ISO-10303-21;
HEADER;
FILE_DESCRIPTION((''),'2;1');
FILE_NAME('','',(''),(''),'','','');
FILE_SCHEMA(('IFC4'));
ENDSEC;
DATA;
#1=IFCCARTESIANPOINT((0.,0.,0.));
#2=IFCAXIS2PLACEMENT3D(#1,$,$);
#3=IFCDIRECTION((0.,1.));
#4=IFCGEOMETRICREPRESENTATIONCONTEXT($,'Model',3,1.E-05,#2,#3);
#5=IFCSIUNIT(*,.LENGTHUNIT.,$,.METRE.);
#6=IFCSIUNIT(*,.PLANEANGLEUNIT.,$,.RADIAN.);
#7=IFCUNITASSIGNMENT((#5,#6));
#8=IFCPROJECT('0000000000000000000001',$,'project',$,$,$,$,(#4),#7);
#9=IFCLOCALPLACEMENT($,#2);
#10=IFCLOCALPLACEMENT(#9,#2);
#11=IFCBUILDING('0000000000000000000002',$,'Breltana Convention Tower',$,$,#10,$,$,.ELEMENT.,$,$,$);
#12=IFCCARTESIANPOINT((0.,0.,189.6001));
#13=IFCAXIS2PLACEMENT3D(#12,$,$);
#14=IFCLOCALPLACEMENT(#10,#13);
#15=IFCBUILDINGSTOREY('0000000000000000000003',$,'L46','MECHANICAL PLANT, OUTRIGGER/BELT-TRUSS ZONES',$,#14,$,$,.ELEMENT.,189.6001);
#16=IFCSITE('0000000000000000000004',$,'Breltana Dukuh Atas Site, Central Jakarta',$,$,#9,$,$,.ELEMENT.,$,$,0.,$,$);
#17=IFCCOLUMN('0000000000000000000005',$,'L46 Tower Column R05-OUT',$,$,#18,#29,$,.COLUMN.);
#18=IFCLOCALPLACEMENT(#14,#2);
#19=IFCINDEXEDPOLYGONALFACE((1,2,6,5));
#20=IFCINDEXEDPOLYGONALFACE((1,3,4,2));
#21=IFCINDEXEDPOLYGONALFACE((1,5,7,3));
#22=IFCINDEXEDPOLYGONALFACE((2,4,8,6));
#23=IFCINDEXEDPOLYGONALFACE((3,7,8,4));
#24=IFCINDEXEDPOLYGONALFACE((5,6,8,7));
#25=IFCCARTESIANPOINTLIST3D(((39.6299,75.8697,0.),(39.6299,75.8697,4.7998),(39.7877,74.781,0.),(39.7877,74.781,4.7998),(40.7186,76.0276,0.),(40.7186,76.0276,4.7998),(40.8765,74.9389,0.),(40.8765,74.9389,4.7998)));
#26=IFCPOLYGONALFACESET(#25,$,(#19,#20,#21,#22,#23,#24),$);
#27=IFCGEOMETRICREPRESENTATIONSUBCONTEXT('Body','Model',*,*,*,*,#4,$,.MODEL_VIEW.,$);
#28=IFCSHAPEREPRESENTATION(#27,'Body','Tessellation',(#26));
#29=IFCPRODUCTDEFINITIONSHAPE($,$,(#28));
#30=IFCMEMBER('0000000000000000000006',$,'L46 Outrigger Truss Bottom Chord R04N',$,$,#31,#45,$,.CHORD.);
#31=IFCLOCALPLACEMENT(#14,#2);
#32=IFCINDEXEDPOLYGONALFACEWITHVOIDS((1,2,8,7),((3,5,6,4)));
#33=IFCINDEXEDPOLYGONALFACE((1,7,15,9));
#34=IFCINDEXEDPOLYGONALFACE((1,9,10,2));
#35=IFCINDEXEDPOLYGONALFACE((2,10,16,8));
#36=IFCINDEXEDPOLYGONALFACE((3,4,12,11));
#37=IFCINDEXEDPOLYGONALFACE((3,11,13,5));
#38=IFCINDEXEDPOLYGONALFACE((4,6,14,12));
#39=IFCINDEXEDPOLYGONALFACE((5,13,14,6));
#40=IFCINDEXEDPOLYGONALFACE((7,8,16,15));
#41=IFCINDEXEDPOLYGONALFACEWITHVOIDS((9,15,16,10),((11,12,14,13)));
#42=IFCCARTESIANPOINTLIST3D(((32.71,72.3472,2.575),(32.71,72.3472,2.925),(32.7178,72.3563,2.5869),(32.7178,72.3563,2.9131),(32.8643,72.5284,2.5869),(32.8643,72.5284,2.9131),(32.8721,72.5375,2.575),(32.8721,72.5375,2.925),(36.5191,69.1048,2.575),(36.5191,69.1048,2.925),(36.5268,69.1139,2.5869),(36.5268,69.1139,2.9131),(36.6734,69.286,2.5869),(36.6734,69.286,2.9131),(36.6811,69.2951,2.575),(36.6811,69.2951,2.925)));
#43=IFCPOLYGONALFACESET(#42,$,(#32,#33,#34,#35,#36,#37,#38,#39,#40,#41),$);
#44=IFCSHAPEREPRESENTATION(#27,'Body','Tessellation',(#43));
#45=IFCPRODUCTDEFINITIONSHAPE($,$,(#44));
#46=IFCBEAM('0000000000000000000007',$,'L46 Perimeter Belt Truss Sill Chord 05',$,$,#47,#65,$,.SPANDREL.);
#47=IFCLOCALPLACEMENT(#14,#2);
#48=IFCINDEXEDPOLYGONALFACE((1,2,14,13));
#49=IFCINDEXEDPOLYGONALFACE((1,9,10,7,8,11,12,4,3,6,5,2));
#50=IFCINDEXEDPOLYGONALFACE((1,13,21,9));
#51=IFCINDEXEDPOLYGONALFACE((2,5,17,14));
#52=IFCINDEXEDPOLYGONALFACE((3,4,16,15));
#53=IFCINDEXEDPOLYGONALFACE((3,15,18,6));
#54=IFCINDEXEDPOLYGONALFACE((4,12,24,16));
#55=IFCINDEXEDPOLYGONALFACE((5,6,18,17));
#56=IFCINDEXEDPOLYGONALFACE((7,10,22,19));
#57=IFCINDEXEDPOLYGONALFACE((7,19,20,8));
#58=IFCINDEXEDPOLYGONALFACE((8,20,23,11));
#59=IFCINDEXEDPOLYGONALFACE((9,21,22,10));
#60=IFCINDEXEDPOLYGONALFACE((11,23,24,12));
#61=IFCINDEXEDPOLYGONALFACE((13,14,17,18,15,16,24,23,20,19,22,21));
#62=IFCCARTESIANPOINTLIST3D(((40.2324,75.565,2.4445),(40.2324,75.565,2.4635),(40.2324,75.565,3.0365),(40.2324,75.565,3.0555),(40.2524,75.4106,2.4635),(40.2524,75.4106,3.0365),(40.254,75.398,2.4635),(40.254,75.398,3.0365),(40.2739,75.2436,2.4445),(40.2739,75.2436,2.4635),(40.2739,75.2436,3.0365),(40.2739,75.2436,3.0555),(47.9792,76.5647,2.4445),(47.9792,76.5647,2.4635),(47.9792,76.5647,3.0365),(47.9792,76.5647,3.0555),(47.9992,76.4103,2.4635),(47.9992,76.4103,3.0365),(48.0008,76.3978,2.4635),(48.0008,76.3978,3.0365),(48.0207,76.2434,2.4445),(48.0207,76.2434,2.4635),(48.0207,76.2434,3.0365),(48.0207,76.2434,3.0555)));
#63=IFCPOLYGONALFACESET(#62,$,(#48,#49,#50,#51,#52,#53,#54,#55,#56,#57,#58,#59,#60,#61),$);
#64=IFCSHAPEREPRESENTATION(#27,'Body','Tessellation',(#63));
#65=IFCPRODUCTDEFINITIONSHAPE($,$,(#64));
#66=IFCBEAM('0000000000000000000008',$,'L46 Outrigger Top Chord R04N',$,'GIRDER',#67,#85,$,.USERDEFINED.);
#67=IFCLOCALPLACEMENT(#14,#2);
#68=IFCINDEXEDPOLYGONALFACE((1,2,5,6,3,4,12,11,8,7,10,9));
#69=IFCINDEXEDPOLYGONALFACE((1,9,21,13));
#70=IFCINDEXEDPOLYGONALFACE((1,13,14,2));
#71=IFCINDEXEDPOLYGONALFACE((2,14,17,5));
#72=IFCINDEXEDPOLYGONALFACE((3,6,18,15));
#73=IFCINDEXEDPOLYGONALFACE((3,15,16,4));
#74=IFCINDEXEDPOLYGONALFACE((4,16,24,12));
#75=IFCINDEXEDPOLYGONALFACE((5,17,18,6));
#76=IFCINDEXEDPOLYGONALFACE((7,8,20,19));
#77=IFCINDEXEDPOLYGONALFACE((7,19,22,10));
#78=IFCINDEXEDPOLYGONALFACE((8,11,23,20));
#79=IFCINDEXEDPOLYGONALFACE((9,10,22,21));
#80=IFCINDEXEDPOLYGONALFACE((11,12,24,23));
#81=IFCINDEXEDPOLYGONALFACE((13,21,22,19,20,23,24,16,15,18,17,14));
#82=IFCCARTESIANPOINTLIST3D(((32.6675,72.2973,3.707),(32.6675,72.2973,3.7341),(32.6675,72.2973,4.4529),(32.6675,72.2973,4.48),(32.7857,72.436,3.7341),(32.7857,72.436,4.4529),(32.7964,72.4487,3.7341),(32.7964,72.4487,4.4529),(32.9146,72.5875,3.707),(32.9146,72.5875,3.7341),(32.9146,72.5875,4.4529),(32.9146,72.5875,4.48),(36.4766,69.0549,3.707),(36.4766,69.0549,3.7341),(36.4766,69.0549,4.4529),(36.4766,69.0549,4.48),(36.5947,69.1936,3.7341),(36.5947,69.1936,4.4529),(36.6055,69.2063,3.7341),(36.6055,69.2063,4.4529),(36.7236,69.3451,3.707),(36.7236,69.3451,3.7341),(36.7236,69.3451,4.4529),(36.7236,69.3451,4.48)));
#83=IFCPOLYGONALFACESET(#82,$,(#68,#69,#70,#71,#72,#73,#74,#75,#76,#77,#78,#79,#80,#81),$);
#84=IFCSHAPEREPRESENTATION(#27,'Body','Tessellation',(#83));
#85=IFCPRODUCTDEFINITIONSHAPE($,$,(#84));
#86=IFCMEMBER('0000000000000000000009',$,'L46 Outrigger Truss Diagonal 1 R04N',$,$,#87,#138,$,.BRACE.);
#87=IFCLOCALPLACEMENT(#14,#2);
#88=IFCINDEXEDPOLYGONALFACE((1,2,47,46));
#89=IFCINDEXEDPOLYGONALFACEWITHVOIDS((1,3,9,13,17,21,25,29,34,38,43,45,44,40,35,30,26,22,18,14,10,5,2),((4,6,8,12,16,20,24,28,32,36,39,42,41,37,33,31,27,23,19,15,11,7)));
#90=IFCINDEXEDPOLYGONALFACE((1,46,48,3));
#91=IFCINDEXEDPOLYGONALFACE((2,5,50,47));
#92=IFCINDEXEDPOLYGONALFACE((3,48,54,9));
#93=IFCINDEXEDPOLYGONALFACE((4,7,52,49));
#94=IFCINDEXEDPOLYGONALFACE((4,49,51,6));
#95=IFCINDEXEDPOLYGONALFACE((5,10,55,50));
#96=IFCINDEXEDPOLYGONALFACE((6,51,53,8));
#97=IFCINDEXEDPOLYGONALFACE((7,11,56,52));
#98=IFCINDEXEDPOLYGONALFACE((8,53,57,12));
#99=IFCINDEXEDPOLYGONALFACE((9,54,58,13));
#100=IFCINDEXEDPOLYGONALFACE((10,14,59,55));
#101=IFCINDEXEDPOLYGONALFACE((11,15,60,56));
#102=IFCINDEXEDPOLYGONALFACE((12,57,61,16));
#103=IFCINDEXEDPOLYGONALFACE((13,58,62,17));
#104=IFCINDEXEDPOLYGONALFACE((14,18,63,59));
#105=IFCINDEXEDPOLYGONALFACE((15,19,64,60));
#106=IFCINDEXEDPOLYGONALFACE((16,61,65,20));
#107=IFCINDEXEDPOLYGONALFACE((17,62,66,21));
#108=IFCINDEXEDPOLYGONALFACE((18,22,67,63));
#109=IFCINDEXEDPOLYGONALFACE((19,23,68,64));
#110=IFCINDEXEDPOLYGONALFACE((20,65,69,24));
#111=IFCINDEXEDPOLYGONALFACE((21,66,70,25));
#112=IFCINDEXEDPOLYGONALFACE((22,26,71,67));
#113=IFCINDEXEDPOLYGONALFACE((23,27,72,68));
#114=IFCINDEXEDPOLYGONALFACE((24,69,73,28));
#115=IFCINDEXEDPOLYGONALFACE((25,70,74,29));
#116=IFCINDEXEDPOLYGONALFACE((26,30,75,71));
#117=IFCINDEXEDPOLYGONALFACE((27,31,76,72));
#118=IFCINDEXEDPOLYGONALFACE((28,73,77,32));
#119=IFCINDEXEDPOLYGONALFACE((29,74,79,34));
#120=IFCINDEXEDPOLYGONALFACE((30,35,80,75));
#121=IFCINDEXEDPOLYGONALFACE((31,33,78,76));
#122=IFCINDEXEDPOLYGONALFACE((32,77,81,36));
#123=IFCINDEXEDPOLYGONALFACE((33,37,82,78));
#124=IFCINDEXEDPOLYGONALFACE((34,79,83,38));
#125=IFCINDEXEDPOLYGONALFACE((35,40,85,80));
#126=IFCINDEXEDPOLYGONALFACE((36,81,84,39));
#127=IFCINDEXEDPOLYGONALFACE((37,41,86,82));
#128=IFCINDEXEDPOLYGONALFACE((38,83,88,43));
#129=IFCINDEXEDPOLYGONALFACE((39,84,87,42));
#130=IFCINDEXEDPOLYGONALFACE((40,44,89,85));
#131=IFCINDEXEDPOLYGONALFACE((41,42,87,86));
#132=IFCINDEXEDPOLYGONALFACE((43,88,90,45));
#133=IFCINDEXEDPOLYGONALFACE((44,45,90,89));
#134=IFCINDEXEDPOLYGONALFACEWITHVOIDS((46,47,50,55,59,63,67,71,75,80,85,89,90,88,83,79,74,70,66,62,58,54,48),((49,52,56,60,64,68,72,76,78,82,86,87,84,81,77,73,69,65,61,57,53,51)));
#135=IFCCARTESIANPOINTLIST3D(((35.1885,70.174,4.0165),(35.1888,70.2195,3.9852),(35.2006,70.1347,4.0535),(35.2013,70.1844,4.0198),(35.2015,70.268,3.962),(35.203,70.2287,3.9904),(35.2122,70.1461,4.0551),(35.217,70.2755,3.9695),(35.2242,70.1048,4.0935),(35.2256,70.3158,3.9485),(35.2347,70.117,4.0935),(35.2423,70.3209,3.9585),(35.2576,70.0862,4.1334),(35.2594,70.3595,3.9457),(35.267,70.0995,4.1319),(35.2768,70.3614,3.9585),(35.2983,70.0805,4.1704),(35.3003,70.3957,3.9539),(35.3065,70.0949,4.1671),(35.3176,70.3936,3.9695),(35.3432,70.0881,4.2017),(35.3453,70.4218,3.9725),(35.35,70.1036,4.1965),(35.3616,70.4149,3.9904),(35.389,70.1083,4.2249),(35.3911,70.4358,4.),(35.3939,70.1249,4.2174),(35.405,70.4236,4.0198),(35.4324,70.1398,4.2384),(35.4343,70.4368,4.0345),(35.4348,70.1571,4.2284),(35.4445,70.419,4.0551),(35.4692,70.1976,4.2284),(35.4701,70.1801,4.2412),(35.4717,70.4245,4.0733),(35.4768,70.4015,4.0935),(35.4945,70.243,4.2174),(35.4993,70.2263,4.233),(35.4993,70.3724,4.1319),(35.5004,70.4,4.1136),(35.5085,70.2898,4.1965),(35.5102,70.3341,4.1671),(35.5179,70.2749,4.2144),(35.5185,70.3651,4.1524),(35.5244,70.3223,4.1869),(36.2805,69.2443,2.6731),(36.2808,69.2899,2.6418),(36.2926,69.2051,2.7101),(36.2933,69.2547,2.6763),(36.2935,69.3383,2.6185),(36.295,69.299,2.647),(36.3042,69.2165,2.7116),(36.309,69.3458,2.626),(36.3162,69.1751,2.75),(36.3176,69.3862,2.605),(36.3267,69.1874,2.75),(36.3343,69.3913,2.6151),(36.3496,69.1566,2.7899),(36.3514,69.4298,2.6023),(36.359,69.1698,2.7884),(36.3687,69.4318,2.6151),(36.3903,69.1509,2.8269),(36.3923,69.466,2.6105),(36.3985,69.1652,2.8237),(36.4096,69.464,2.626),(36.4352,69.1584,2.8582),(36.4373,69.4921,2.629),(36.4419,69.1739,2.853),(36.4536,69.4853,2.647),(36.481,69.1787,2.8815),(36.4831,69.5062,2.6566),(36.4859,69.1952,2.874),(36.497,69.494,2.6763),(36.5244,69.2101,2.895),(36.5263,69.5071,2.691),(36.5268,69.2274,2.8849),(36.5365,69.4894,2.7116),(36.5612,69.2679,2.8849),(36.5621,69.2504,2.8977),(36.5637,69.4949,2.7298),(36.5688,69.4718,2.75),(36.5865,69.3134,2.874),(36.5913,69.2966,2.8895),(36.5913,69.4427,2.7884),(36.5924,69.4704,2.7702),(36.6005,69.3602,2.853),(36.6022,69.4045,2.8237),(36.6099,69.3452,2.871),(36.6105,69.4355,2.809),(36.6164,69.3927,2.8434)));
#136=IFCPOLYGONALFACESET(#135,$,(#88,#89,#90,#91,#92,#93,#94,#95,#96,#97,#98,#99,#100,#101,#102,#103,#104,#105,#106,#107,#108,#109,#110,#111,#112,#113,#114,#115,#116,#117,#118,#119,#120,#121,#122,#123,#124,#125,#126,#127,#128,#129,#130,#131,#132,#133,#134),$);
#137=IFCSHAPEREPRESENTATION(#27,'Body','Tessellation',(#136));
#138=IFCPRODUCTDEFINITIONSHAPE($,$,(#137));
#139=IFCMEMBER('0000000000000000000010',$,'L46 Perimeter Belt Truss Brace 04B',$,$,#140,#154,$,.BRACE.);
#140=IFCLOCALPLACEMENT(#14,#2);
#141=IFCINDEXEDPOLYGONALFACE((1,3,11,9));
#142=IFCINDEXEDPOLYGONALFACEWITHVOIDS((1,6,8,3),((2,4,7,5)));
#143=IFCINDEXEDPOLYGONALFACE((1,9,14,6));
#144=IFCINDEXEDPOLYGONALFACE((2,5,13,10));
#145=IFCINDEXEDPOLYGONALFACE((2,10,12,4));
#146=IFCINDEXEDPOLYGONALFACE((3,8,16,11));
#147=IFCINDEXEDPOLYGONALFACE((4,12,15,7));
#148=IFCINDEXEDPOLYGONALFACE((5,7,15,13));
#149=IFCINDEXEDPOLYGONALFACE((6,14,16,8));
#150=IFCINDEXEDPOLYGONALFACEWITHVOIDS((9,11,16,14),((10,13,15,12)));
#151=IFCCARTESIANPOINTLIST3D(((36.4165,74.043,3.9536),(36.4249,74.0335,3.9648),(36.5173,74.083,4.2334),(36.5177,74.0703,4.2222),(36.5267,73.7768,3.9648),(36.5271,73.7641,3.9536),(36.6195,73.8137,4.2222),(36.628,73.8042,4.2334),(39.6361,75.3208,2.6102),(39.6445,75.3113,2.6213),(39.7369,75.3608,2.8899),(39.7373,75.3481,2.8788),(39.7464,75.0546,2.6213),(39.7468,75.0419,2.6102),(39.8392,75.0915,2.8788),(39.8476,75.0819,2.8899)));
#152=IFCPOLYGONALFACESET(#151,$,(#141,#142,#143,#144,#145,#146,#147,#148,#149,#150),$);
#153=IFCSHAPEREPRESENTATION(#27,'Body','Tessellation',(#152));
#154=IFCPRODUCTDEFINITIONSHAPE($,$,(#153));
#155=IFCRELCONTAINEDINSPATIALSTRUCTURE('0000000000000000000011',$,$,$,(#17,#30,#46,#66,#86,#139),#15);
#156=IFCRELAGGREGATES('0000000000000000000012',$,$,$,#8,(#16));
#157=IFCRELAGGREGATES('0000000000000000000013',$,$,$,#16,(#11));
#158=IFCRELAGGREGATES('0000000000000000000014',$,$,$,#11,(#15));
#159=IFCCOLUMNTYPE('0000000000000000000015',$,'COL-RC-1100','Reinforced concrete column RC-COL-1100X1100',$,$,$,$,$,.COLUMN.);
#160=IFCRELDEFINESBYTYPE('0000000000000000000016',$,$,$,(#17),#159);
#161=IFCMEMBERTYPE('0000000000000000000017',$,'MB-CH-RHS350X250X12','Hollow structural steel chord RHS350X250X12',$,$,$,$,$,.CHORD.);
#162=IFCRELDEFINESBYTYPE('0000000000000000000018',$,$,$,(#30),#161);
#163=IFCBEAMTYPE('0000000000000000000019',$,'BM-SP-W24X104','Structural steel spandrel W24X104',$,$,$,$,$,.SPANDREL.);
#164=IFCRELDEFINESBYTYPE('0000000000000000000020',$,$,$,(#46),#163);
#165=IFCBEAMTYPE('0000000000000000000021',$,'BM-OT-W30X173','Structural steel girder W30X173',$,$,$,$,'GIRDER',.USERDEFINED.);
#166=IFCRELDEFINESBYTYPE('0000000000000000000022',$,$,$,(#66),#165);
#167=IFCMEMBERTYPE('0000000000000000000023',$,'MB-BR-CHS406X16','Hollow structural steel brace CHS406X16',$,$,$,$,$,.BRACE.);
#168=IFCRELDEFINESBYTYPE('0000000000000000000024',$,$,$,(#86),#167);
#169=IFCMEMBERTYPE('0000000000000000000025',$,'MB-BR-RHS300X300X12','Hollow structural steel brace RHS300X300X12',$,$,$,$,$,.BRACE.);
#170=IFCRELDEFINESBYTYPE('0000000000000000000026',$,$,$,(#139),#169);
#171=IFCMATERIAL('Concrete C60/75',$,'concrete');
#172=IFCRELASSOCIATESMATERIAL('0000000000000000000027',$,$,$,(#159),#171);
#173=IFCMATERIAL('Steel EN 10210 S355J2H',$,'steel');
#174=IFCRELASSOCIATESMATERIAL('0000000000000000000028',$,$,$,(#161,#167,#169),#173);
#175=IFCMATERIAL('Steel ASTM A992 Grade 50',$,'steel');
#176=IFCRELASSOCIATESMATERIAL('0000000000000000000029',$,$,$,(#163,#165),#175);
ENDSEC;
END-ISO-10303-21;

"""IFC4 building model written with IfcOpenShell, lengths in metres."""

from ifc_helpers import new_model, si_unit, direction, frame, origin, origin_2d, place, context, subcontext, project, spatial, rectangle, hollow_rectangle, hollow_circle, i_section, extrude, source, transform, mapped, material, material_profile, profile_set, type_object, element, save


model = new_model("IFC4")

# Units and contexts
model_context = context("Model", 3, precision=1e-05, world=origin(), true_north=direction((0.0, 1.0)))
body_context = subcontext(model_context, "Body", "Model", "MODEL_VIEW")
ifc_project = project(units=[si_unit("LENGTHUNIT", "METRE"), si_unit("PLANEANGLEUNIT", "RADIAN")], contexts=[model_context])

# Site, building, storey
site_placement = place(None, origin())
site = spatial("IfcSite", under=ifc_project, at=site_placement, Name="Breltana Dukuh Atas Site, Central Jakarta", CompositionType="ELEMENT", RefElevation=0.0)
building_placement = place(site_placement, origin())
building = spatial("IfcBuilding", under=site, at=building_placement, Name="Breltana Convention Tower", CompositionType="ELEMENT")
storey_placement = place(building_placement, frame((0.0, 0.0, 189.6001)))
storey = spatial("IfcBuildingStorey", under=building, at=storey_placement, Name="L46", Description="MECHANICAL PLANT, OUTRIGGER/BELT-TRUSS ZONES", CompositionType="ELEMENT", Elevation=189.6001)

# Column
ifc_material_1 = material(Name="Concrete C60/75", Category="concrete")
ifc_material_profile_1 = material_profile(ifc_material_1, rectangle(XDim=1.1001, YDim=1.1001, at=origin_2d()), Name="RC-COL-1100X1100")
ifc_profile_set_1 = profile_set([ifc_material_profile_1], Name="Concrete C60/75")
column_type = type_object("IfcColumnType", Name="COL-RC-1100", Description="Reinforced concrete column RC-COL-1100X1100", PredefinedType="COLUMN", material=ifc_profile_set_1)
shared_shape_1 = source(origin(), body_context, "Body", "SweptSolid", [
    extrude(rectangle(XDim=1.1001, YDim=1.1001, at=origin_2d()), origin(), (0.0, 0.0, 1.0), 4.7998),
])
column_placement = place(storey_placement, frame((40.2532, 75.4043, 0.0), z_axis=(0.0, 0.0, 1.0), x_axis=(-0.143493, 0.989651, 0.0)))
element("IfcColumn", 1, at=column_placement, inside=storey, type_object=column_type, Name="L46 Tower Column R05-OUT", PredefinedType="COLUMN", context=body_context, shape_type="MappedRepresentation", body=[
    mapped(shared_shape_1, transform((0.0, 0.0, 0.0), scale=1.0)),
])

# Member
ifc_material_2 = material(Name="Steel EN 10210 S355J2H", Category="steel")
ifc_material_profile_2 = material_profile(ifc_material_2, hollow_rectangle(XDim=0.25, YDim=0.3501, WallThickness=0.012, at=origin_2d()), Name="RHS350X250X12")
ifc_profile_set_2 = profile_set([ifc_material_profile_2], Name="Steel EN 10210 S355J2H")
member_type_1 = type_object("IfcMemberType", Name="MB-CH-RHS350X250X12", Description="Hollow structural steel chord RHS350X250X12", PredefinedType="CHORD", material=ifc_profile_set_2)
shared_shape_2 = source(origin(), body_context, "Body", "SweptSolid", [
    extrude(hollow_rectangle(XDim=0.25, YDim=0.3501, WallThickness=0.012, at=origin_2d()), origin(), (0.0, 0.0, 1.0), 5.0022),
])
member_1_placement = place(storey_placement, frame((36.6001, 69.2, 2.75), z_axis=(-0.761474, 0.648195, 0.0), x_axis=(-0.648195, -0.761474, 0.0)))
element("IfcMember", 2, at=member_1_placement, inside=storey, type_object=member_type_1, Name="L46 Outrigger Truss Bottom Chord R04N", PredefinedType="CHORD", context=body_context, shape_type="MappedRepresentation", body=[
    mapped(shared_shape_2, transform((0.0, 0.0, 0.0), scale=1.0)),
])

# Beams
ifc_material_3 = material(Name="Steel ASTM A992 Grade 50", Category="steel")
ifc_material_profile_3 = material_profile(ifc_material_3, i_section(OverallWidth=0.324, OverallDepth=0.6111, WebThickness=0.0127, FlangeThickness=0.019, at=origin_2d()), Name="W24X104")
ifc_profile_set_3 = profile_set([ifc_material_profile_3], Name="Steel ASTM A992 Grade 50")
beam_type_1 = type_object("IfcBeamType", Name="BM-SP-W24X104", Description="Structural steel spandrel W24X104", PredefinedType="SPANDREL", material=ifc_profile_set_3)
shared_shape_3 = source(origin(), body_context, "Body", "SweptSolid", [
    extrude(i_section(OverallWidth=0.324, OverallDepth=0.6111, WebThickness=0.0127, FlangeThickness=0.019, at=origin_2d()), origin(), (0.0, 0.0, 1.0), 7.811),
])
beam_1_placement = place(storey_placement, frame((40.2532, 75.4043, 2.75), z_axis=(0.991775, 0.127992, 0.0), x_axis=(-0.127992, 0.991775, 0.0)))
element("IfcBeam", 3, at=beam_1_placement, inside=storey, type_object=beam_type_1, Name="L46 Perimeter Belt Truss Sill Chord 05", PredefinedType="SPANDREL", context=body_context, shape_type="MappedRepresentation", body=[
    mapped(shared_shape_3, transform((0.0, 0.0, 0.0), scale=1.0)),
])
ifc_material_profile_4 = material_profile(ifc_material_3, i_section(OverallWidth=0.3811, OverallDepth=0.7729, WebThickness=0.0166, FlangeThickness=0.0271, at=origin_2d()), Name="W30X173")
ifc_profile_set_4 = profile_set([ifc_material_profile_4], Name="Steel ASTM A992 Grade 50")
beam_type_2 = type_object("IfcBeamType", Name="BM-OT-W30X173", Description="Structural steel girder W30X173", ElementType="GIRDER", PredefinedType="USERDEFINED", material=ifc_profile_set_4)
shared_shape_4 = source(origin(), body_context, "Body", "SweptSolid", [
    extrude(i_section(OverallWidth=0.3811, OverallDepth=0.7729, WebThickness=0.0166, FlangeThickness=0.0271, at=origin_2d()), origin(), (0.0, 0.0, 1.0), 5.0022),
])
beam_2_placement = place(storey_placement, frame((36.6001, 69.2, 4.0935), z_axis=(-0.761474, 0.648195, 0.0), x_axis=(-0.648195, -0.761474, 0.0)))
element("IfcBeam", 4, at=beam_2_placement, inside=storey, type_object=beam_type_2, Name="L46 Outrigger Top Chord R04N", ObjectType="GIRDER", PredefinedType="USERDEFINED", context=body_context, shape_type="MappedRepresentation", body=[
    mapped(shared_shape_4, transform((0.0, 0.0, 0.0), scale=1.0)),
])

# Members
ifc_material_profile_5 = material_profile(ifc_material_2, hollow_circle(Radius=0.2029, WallThickness=0.0161, at=origin_2d()), Name="CHS406X16")
ifc_profile_set_5 = profile_set([ifc_material_profile_5], Name="Steel EN 10210 S355J2H")
member_type_2 = type_object("IfcMemberType", Name="MB-BR-CHS406X16", Description="Hollow structural steel brace CHS406X16", PredefinedType="BRACE", material=ifc_profile_set_5)
shared_shape_5 = source(origin(), body_context, "Body", "SweptSolid", [
    extrude(hollow_circle(Radius=0.2029, WallThickness=0.0161, at=origin_2d()), origin(), (0.0, 0.0, 1.0), 1.9651),
])
member_2_placement = place(storey_placement, frame((36.4478, 69.3296, 2.75), z_axis=(-0.555699, 0.473083, 0.68366), x_axis=(-0.648236, -0.761439, 0.0)))
element("IfcMember", 5, at=member_2_placement, inside=storey, type_object=member_type_2, Name="L46 Outrigger Truss Diagonal 1 R04N", PredefinedType="BRACE", context=body_context, shape_type="MappedRepresentation", body=[
    mapped(shared_shape_5, transform((0.0, 0.0, 0.0), scale=1.0)),
])
ifc_material_profile_6 = material_profile(ifc_material_2, hollow_rectangle(XDim=0.3, YDim=0.3, WallThickness=0.012, at=origin_2d()), Name="RHS300X300X12")
ifc_profile_set_6 = profile_set([ifc_material_profile_6], Name="Steel EN 10210 S355J2H")
member_type_3 = type_object("IfcMemberType", Name="MB-BR-RHS300X300X12", Description="Hollow structural steel brace RHS300X300X12", PredefinedType="BRACE", material=ifc_profile_set_6)
shared_shape_6 = source(origin(), body_context, "Body", "SweptSolid", [
    extrude(hollow_rectangle(XDim=0.3, YDim=0.3, WallThickness=0.012, at=origin_2d()), origin(), (0.0, 0.0, 1.0), 3.7153),
])
member_3_placement = place(storey_placement, frame((36.5222, 73.9236, 4.0935), z_axis=(0.86658, 0.343925, -0.361601), x_axis=(-0.368886, 0.929475, 0.0)))
element("IfcMember", 6, at=member_3_placement, inside=storey, type_object=member_type_3, Name="L46 Perimeter Belt Truss Brace 04B", PredefinedType="BRACE", context=body_context, shape_type="MappedRepresentation", body=[
    mapped(shared_shape_6, transform((0.0, 0.0, 0.0), scale=1.0)),
])

save(model, "model.ifc")
